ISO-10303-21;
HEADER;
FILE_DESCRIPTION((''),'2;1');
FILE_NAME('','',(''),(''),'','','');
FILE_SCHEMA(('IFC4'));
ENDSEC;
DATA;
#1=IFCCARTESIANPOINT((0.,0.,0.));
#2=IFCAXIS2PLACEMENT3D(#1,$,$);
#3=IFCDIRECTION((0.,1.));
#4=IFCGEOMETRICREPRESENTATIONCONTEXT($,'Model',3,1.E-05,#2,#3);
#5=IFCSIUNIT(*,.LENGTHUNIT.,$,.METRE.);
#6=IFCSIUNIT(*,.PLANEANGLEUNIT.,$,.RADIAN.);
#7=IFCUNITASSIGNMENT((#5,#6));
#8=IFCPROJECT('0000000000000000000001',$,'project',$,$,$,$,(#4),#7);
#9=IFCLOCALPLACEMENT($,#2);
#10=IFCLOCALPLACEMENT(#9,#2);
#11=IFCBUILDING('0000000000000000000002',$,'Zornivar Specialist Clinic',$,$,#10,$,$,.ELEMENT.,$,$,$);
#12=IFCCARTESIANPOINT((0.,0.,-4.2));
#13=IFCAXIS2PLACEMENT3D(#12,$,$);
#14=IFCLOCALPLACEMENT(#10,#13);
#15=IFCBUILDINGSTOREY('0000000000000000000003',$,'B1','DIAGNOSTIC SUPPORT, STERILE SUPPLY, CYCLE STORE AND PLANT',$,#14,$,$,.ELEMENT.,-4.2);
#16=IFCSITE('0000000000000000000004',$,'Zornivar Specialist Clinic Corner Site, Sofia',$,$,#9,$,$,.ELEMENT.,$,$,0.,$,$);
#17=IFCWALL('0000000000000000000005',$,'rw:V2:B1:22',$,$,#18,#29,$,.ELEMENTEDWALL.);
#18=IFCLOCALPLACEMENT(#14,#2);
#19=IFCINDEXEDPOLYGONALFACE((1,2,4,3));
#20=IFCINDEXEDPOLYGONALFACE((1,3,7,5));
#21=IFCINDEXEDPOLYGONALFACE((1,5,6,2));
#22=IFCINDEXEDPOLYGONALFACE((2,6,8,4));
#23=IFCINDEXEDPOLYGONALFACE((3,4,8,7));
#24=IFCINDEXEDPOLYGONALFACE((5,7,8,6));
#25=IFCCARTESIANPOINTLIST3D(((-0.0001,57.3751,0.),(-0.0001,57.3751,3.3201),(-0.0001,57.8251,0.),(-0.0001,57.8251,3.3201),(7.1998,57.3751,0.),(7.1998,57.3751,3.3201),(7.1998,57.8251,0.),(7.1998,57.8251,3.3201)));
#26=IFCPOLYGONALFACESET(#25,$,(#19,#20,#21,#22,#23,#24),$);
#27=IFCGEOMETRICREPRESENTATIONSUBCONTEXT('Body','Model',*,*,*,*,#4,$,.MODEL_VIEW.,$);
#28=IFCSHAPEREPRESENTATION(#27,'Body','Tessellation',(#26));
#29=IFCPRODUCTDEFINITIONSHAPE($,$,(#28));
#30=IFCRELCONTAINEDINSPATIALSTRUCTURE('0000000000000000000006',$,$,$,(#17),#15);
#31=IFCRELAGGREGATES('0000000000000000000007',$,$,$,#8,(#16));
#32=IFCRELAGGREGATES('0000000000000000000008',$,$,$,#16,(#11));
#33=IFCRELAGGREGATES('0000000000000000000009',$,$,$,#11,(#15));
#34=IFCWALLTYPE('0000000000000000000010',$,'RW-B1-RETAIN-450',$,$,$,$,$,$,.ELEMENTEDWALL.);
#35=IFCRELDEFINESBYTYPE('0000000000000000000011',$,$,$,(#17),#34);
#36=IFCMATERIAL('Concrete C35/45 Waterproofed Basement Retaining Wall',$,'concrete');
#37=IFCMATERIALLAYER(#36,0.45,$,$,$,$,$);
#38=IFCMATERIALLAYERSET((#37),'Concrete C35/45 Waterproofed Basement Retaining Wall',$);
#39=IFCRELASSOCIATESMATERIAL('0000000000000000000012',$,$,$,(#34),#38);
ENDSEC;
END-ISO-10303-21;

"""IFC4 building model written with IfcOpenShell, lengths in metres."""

from ifc_helpers import new_model, si_unit, direction, frame, frame_2d, origin, place, context, subcontext, project, spatial, rectangle, extrude, material, layer, layer_set, type_object, element, save


model = new_model("IFC4")

# Units and contexts
model_context = context("Model", 3, precision=1e-05, world=origin(), true_north=direction((0.0, 1.0)))
body_context = subcontext(model_context, "Body", "Model", "MODEL_VIEW")
ifc_project = project(units=[si_unit("LENGTHUNIT", "METRE"), si_unit("PLANEANGLEUNIT", "RADIAN")], contexts=[model_context])

# Site, building, storey
site_placement = place(None, origin())
site = spatial("IfcSite", under=ifc_project, at=site_placement, Name="Zornivar Specialist Clinic Corner Site, Sofia", CompositionType="ELEMENT", RefElevation=0.0)
building_placement = place(site_placement, origin())
building = spatial("IfcBuilding", under=site, at=building_placement, Name="Zornivar Specialist Clinic", CompositionType="ELEMENT")
storey_placement = place(building_placement, frame((0.0, 0.0, -4.2)))
storey = spatial("IfcBuildingStorey", under=building, at=storey_placement, Name="B1", Description="DIAGNOSTIC SUPPORT, STERILE SUPPLY, CYCLE STORE AND PLANT", CompositionType="ELEMENT", Elevation=-4.2)

# Wall
ifc_material_1 = material(Name="Concrete C35/45 Waterproofed Basement Retaining Wall", Category="concrete")
ifc_layer_1 = layer(ifc_material_1, 0.45)
ifc_layer_set_1 = layer_set([ifc_layer_1], Name="Concrete C35/45 Waterproofed Basement Retaining Wall")
wall_type_1 = type_object("IfcWallType", Name="RW-B1-RETAIN-450", PredefinedType="ELEMENTEDWALL", material=ifc_layer_set_1)
for number, where, z_axis, x_axis, name in (
    (1, (7.2, 57.6001, 0.0), (0.0, 0.0, 1.0), (-1.0, 0.0, 0.0), "rw:V2:B1:22"),
):
    element("IfcWall", number, at=place(storey_placement, frame(where, z_axis=z_axis, x_axis=x_axis)), inside=storey, type_object=wall_type_1, Name=name, PredefinedType="ELEMENTEDWALL", context=body_context, shape_type="SweptSolid", body=[
        extrude(rectangle(XDim=7.2, YDim=0.45, at=frame_2d((3.6001, 0.0))), origin(), (0.0, 0.0, 1.0), 3.3201),
    ])

save(model, "model.ifc")
